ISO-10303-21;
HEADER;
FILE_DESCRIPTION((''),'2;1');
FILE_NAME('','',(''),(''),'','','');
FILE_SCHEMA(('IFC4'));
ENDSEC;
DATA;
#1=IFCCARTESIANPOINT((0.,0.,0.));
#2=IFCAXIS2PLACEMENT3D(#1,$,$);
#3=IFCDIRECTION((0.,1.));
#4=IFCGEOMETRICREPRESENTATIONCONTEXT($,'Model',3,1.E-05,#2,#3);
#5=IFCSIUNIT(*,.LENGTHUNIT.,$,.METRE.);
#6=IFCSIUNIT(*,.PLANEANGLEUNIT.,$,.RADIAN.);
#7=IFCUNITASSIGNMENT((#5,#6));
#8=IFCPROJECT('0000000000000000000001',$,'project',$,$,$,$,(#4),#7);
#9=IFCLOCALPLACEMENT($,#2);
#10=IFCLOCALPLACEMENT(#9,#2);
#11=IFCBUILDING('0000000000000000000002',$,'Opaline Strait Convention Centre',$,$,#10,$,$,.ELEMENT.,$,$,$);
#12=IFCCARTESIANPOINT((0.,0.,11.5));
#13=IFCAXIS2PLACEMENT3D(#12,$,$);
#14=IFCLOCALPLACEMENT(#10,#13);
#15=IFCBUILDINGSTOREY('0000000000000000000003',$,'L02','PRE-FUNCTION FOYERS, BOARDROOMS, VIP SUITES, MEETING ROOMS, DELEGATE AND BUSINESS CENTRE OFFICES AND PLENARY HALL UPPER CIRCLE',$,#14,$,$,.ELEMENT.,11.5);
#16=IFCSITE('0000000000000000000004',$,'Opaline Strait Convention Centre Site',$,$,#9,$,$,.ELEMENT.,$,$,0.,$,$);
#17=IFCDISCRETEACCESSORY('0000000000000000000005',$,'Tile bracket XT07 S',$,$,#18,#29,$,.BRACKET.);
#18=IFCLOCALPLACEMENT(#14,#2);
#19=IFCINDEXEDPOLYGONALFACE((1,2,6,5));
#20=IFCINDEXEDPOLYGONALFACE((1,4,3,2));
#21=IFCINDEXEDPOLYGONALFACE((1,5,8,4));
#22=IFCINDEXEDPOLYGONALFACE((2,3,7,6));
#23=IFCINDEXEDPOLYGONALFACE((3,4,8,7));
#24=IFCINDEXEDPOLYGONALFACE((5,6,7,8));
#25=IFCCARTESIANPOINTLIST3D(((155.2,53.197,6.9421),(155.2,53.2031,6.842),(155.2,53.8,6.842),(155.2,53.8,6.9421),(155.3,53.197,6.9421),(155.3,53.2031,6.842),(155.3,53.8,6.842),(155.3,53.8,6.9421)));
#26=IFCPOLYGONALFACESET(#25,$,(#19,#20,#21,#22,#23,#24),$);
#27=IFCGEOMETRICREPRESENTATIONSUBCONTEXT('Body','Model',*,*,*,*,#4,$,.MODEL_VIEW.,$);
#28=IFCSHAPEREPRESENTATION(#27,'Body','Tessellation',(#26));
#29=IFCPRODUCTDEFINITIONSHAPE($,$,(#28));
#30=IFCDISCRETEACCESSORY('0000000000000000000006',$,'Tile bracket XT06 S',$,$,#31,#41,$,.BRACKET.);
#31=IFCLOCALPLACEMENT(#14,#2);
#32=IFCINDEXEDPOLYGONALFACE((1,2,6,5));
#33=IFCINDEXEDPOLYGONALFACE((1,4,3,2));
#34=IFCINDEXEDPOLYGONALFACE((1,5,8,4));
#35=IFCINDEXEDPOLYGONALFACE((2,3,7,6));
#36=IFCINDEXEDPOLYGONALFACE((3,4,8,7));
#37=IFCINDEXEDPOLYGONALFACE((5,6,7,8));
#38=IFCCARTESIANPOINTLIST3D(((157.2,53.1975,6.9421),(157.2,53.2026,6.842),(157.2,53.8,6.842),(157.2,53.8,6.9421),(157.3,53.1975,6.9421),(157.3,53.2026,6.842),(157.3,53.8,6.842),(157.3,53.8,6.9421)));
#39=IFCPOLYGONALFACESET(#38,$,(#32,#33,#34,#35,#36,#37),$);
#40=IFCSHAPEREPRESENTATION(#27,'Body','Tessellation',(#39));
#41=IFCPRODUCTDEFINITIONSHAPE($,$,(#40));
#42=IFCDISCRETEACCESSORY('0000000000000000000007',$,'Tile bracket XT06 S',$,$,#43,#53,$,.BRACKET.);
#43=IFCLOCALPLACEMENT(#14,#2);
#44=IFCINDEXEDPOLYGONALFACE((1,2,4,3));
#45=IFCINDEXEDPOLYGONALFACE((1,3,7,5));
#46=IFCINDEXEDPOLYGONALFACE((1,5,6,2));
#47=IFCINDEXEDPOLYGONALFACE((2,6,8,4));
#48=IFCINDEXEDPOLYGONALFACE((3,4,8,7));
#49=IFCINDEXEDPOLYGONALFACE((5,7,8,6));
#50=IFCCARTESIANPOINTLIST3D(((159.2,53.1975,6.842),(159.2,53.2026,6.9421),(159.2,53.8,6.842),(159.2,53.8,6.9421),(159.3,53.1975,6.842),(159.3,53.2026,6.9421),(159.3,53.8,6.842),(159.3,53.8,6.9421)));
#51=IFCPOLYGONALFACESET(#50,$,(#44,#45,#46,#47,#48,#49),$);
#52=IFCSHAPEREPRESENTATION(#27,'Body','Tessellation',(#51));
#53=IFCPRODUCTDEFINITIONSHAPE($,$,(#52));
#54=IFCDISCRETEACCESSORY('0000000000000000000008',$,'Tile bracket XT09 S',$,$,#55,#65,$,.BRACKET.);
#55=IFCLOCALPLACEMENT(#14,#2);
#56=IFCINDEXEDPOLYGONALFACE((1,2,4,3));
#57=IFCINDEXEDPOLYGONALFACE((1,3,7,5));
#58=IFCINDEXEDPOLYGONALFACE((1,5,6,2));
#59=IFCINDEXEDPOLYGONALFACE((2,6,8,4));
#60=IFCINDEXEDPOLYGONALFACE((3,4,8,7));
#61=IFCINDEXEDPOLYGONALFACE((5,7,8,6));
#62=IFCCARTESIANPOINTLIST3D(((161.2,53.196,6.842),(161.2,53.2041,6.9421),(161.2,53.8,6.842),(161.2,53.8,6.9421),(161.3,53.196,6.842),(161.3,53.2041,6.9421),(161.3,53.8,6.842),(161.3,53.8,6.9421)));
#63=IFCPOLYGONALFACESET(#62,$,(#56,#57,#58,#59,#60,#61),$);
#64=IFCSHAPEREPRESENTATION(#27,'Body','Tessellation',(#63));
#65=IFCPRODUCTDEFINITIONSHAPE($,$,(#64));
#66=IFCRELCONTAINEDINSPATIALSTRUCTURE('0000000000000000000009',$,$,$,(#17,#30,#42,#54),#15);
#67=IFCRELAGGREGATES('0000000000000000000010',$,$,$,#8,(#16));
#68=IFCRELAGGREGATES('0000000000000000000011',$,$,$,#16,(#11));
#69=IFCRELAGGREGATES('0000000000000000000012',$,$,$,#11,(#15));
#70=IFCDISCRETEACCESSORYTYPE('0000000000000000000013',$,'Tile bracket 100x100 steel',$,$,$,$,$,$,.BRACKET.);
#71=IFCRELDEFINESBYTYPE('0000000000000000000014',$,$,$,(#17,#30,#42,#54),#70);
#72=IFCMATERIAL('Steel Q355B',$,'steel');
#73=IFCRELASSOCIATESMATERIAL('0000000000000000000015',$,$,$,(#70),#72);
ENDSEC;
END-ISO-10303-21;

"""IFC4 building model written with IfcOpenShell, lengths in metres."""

from ifc_helpers import new_model, si_unit, direction, frame, origin, place, context, subcontext, project, spatial, polyline, outline, extrude, material, type_object, element, save


model = new_model("IFC4")

# Units and contexts
model_context = context("Model", 3, precision=1e-05, world=origin(), true_north=direction((0.0, 1.0)))
body_context = subcontext(model_context, "Body", "Model", "MODEL_VIEW")
ifc_project = project(units=[si_unit("LENGTHUNIT", "METRE"), si_unit("PLANEANGLEUNIT", "RADIAN")], contexts=[model_context])

# Site, building, storey
site_placement = place(None, origin())
site = spatial("IfcSite", under=ifc_project, at=site_placement, Name="Opaline Strait Convention Centre Site", CompositionType="ELEMENT", RefElevation=0.0)
building_placement = place(site_placement, origin())
building = spatial("IfcBuilding", under=site, at=building_placement, Name="Opaline Strait Convention Centre", CompositionType="ELEMENT")
storey_placement = place(building_placement, frame((0.0, 0.0, 11.5)))
storey = spatial("IfcBuildingStorey", under=building, at=storey_placement, Name="L02", Description="PRE-FUNCTION FOYERS, BOARDROOMS, VIP SUITES, MEETING ROOMS, DELEGATE AND BUSINESS CENTRE OFFICES AND PLENARY HALL UPPER CIRCLE", CompositionType="ELEMENT", Elevation=11.5)

# Shared definitions
ifc_material_1 = material(Name="Steel Q355B", Category="steel")

# Discrete accessories
discrete_accessory_type = type_object("IfcDiscreteAccessoryType", Name="Tile bracket 100x100 steel", PredefinedType="BRACKET", material=ifc_material_1)
discrete_accessory_1_placement = place(storey_placement, frame((155.2, 53.8, 6.8921), z_axis=(1.0, 0.0, 0.0), x_axis=(0.0, 1.0, 0.0)))
element("IfcDiscreteAccessory", 1, at=discrete_accessory_1_placement, inside=storey, type_object=discrete_accessory_type, Name="Tile bracket XT07 S", PredefinedType="BRACKET", context=body_context, shape_type="SweptSolid", body=[
    extrude(outline(polyline([(0.0, -0.05), (0.0, 0.05), (-0.603, 0.05), (-0.5969, -0.05), (0.0, -0.05)])), origin(), (0.0, 0.0, 1.0), 0.1001),
])
discrete_accessory_2_placement = place(storey_placement, frame((157.2, 53.8, 6.8921), z_axis=(1.0, 0.0, 0.0), x_axis=(0.0, 1.0, 0.0)))
element("IfcDiscreteAccessory", 2, at=discrete_accessory_2_placement, inside=storey, type_object=discrete_accessory_type, Name="Tile bracket XT06 S", PredefinedType="BRACKET", context=body_context, shape_type="SweptSolid", body=[
    extrude(outline(polyline([(0.0, -0.05), (0.0, 0.05), (-0.6025, 0.05), (-0.5974, -0.05), (0.0, -0.05)])), origin(), (0.0, 0.0, 1.0), 0.1001),
])
discrete_accessory_3_placement = place(storey_placement, frame((159.2, 53.8, 6.8921), z_axis=(1.0, 0.0, 0.0), x_axis=(0.0, 1.0, 0.0)))
element("IfcDiscreteAccessory", 3, at=discrete_accessory_3_placement, inside=storey, type_object=discrete_accessory_type, Name="Tile bracket XT06 S", PredefinedType="BRACKET", context=body_context, shape_type="SweptSolid", body=[
    extrude(outline(polyline([(0.0, -0.05), (0.0, 0.05), (-0.5974, 0.05), (-0.6025, -0.05), (0.0, -0.05)])), origin(), (0.0, 0.0, 1.0), 0.1001),
])
discrete_accessory_4_placement = place(storey_placement, frame((161.2, 53.8, 6.8921), z_axis=(1.0, 0.0, 0.0), x_axis=(0.0, 1.0, 0.0)))
element("IfcDiscreteAccessory", 4, at=discrete_accessory_4_placement, inside=storey, type_object=discrete_accessory_type, Name="Tile bracket XT09 S", PredefinedType="BRACKET", context=body_context, shape_type="SweptSolid", body=[
    extrude(outline(polyline([(0.0, -0.05), (0.0, 0.05), (-0.5959, 0.05), (-0.604, -0.05), (0.0, -0.05)])), origin(), (0.0, 0.0, 1.0), 0.1001),
])

save(model, "model.ifc")
